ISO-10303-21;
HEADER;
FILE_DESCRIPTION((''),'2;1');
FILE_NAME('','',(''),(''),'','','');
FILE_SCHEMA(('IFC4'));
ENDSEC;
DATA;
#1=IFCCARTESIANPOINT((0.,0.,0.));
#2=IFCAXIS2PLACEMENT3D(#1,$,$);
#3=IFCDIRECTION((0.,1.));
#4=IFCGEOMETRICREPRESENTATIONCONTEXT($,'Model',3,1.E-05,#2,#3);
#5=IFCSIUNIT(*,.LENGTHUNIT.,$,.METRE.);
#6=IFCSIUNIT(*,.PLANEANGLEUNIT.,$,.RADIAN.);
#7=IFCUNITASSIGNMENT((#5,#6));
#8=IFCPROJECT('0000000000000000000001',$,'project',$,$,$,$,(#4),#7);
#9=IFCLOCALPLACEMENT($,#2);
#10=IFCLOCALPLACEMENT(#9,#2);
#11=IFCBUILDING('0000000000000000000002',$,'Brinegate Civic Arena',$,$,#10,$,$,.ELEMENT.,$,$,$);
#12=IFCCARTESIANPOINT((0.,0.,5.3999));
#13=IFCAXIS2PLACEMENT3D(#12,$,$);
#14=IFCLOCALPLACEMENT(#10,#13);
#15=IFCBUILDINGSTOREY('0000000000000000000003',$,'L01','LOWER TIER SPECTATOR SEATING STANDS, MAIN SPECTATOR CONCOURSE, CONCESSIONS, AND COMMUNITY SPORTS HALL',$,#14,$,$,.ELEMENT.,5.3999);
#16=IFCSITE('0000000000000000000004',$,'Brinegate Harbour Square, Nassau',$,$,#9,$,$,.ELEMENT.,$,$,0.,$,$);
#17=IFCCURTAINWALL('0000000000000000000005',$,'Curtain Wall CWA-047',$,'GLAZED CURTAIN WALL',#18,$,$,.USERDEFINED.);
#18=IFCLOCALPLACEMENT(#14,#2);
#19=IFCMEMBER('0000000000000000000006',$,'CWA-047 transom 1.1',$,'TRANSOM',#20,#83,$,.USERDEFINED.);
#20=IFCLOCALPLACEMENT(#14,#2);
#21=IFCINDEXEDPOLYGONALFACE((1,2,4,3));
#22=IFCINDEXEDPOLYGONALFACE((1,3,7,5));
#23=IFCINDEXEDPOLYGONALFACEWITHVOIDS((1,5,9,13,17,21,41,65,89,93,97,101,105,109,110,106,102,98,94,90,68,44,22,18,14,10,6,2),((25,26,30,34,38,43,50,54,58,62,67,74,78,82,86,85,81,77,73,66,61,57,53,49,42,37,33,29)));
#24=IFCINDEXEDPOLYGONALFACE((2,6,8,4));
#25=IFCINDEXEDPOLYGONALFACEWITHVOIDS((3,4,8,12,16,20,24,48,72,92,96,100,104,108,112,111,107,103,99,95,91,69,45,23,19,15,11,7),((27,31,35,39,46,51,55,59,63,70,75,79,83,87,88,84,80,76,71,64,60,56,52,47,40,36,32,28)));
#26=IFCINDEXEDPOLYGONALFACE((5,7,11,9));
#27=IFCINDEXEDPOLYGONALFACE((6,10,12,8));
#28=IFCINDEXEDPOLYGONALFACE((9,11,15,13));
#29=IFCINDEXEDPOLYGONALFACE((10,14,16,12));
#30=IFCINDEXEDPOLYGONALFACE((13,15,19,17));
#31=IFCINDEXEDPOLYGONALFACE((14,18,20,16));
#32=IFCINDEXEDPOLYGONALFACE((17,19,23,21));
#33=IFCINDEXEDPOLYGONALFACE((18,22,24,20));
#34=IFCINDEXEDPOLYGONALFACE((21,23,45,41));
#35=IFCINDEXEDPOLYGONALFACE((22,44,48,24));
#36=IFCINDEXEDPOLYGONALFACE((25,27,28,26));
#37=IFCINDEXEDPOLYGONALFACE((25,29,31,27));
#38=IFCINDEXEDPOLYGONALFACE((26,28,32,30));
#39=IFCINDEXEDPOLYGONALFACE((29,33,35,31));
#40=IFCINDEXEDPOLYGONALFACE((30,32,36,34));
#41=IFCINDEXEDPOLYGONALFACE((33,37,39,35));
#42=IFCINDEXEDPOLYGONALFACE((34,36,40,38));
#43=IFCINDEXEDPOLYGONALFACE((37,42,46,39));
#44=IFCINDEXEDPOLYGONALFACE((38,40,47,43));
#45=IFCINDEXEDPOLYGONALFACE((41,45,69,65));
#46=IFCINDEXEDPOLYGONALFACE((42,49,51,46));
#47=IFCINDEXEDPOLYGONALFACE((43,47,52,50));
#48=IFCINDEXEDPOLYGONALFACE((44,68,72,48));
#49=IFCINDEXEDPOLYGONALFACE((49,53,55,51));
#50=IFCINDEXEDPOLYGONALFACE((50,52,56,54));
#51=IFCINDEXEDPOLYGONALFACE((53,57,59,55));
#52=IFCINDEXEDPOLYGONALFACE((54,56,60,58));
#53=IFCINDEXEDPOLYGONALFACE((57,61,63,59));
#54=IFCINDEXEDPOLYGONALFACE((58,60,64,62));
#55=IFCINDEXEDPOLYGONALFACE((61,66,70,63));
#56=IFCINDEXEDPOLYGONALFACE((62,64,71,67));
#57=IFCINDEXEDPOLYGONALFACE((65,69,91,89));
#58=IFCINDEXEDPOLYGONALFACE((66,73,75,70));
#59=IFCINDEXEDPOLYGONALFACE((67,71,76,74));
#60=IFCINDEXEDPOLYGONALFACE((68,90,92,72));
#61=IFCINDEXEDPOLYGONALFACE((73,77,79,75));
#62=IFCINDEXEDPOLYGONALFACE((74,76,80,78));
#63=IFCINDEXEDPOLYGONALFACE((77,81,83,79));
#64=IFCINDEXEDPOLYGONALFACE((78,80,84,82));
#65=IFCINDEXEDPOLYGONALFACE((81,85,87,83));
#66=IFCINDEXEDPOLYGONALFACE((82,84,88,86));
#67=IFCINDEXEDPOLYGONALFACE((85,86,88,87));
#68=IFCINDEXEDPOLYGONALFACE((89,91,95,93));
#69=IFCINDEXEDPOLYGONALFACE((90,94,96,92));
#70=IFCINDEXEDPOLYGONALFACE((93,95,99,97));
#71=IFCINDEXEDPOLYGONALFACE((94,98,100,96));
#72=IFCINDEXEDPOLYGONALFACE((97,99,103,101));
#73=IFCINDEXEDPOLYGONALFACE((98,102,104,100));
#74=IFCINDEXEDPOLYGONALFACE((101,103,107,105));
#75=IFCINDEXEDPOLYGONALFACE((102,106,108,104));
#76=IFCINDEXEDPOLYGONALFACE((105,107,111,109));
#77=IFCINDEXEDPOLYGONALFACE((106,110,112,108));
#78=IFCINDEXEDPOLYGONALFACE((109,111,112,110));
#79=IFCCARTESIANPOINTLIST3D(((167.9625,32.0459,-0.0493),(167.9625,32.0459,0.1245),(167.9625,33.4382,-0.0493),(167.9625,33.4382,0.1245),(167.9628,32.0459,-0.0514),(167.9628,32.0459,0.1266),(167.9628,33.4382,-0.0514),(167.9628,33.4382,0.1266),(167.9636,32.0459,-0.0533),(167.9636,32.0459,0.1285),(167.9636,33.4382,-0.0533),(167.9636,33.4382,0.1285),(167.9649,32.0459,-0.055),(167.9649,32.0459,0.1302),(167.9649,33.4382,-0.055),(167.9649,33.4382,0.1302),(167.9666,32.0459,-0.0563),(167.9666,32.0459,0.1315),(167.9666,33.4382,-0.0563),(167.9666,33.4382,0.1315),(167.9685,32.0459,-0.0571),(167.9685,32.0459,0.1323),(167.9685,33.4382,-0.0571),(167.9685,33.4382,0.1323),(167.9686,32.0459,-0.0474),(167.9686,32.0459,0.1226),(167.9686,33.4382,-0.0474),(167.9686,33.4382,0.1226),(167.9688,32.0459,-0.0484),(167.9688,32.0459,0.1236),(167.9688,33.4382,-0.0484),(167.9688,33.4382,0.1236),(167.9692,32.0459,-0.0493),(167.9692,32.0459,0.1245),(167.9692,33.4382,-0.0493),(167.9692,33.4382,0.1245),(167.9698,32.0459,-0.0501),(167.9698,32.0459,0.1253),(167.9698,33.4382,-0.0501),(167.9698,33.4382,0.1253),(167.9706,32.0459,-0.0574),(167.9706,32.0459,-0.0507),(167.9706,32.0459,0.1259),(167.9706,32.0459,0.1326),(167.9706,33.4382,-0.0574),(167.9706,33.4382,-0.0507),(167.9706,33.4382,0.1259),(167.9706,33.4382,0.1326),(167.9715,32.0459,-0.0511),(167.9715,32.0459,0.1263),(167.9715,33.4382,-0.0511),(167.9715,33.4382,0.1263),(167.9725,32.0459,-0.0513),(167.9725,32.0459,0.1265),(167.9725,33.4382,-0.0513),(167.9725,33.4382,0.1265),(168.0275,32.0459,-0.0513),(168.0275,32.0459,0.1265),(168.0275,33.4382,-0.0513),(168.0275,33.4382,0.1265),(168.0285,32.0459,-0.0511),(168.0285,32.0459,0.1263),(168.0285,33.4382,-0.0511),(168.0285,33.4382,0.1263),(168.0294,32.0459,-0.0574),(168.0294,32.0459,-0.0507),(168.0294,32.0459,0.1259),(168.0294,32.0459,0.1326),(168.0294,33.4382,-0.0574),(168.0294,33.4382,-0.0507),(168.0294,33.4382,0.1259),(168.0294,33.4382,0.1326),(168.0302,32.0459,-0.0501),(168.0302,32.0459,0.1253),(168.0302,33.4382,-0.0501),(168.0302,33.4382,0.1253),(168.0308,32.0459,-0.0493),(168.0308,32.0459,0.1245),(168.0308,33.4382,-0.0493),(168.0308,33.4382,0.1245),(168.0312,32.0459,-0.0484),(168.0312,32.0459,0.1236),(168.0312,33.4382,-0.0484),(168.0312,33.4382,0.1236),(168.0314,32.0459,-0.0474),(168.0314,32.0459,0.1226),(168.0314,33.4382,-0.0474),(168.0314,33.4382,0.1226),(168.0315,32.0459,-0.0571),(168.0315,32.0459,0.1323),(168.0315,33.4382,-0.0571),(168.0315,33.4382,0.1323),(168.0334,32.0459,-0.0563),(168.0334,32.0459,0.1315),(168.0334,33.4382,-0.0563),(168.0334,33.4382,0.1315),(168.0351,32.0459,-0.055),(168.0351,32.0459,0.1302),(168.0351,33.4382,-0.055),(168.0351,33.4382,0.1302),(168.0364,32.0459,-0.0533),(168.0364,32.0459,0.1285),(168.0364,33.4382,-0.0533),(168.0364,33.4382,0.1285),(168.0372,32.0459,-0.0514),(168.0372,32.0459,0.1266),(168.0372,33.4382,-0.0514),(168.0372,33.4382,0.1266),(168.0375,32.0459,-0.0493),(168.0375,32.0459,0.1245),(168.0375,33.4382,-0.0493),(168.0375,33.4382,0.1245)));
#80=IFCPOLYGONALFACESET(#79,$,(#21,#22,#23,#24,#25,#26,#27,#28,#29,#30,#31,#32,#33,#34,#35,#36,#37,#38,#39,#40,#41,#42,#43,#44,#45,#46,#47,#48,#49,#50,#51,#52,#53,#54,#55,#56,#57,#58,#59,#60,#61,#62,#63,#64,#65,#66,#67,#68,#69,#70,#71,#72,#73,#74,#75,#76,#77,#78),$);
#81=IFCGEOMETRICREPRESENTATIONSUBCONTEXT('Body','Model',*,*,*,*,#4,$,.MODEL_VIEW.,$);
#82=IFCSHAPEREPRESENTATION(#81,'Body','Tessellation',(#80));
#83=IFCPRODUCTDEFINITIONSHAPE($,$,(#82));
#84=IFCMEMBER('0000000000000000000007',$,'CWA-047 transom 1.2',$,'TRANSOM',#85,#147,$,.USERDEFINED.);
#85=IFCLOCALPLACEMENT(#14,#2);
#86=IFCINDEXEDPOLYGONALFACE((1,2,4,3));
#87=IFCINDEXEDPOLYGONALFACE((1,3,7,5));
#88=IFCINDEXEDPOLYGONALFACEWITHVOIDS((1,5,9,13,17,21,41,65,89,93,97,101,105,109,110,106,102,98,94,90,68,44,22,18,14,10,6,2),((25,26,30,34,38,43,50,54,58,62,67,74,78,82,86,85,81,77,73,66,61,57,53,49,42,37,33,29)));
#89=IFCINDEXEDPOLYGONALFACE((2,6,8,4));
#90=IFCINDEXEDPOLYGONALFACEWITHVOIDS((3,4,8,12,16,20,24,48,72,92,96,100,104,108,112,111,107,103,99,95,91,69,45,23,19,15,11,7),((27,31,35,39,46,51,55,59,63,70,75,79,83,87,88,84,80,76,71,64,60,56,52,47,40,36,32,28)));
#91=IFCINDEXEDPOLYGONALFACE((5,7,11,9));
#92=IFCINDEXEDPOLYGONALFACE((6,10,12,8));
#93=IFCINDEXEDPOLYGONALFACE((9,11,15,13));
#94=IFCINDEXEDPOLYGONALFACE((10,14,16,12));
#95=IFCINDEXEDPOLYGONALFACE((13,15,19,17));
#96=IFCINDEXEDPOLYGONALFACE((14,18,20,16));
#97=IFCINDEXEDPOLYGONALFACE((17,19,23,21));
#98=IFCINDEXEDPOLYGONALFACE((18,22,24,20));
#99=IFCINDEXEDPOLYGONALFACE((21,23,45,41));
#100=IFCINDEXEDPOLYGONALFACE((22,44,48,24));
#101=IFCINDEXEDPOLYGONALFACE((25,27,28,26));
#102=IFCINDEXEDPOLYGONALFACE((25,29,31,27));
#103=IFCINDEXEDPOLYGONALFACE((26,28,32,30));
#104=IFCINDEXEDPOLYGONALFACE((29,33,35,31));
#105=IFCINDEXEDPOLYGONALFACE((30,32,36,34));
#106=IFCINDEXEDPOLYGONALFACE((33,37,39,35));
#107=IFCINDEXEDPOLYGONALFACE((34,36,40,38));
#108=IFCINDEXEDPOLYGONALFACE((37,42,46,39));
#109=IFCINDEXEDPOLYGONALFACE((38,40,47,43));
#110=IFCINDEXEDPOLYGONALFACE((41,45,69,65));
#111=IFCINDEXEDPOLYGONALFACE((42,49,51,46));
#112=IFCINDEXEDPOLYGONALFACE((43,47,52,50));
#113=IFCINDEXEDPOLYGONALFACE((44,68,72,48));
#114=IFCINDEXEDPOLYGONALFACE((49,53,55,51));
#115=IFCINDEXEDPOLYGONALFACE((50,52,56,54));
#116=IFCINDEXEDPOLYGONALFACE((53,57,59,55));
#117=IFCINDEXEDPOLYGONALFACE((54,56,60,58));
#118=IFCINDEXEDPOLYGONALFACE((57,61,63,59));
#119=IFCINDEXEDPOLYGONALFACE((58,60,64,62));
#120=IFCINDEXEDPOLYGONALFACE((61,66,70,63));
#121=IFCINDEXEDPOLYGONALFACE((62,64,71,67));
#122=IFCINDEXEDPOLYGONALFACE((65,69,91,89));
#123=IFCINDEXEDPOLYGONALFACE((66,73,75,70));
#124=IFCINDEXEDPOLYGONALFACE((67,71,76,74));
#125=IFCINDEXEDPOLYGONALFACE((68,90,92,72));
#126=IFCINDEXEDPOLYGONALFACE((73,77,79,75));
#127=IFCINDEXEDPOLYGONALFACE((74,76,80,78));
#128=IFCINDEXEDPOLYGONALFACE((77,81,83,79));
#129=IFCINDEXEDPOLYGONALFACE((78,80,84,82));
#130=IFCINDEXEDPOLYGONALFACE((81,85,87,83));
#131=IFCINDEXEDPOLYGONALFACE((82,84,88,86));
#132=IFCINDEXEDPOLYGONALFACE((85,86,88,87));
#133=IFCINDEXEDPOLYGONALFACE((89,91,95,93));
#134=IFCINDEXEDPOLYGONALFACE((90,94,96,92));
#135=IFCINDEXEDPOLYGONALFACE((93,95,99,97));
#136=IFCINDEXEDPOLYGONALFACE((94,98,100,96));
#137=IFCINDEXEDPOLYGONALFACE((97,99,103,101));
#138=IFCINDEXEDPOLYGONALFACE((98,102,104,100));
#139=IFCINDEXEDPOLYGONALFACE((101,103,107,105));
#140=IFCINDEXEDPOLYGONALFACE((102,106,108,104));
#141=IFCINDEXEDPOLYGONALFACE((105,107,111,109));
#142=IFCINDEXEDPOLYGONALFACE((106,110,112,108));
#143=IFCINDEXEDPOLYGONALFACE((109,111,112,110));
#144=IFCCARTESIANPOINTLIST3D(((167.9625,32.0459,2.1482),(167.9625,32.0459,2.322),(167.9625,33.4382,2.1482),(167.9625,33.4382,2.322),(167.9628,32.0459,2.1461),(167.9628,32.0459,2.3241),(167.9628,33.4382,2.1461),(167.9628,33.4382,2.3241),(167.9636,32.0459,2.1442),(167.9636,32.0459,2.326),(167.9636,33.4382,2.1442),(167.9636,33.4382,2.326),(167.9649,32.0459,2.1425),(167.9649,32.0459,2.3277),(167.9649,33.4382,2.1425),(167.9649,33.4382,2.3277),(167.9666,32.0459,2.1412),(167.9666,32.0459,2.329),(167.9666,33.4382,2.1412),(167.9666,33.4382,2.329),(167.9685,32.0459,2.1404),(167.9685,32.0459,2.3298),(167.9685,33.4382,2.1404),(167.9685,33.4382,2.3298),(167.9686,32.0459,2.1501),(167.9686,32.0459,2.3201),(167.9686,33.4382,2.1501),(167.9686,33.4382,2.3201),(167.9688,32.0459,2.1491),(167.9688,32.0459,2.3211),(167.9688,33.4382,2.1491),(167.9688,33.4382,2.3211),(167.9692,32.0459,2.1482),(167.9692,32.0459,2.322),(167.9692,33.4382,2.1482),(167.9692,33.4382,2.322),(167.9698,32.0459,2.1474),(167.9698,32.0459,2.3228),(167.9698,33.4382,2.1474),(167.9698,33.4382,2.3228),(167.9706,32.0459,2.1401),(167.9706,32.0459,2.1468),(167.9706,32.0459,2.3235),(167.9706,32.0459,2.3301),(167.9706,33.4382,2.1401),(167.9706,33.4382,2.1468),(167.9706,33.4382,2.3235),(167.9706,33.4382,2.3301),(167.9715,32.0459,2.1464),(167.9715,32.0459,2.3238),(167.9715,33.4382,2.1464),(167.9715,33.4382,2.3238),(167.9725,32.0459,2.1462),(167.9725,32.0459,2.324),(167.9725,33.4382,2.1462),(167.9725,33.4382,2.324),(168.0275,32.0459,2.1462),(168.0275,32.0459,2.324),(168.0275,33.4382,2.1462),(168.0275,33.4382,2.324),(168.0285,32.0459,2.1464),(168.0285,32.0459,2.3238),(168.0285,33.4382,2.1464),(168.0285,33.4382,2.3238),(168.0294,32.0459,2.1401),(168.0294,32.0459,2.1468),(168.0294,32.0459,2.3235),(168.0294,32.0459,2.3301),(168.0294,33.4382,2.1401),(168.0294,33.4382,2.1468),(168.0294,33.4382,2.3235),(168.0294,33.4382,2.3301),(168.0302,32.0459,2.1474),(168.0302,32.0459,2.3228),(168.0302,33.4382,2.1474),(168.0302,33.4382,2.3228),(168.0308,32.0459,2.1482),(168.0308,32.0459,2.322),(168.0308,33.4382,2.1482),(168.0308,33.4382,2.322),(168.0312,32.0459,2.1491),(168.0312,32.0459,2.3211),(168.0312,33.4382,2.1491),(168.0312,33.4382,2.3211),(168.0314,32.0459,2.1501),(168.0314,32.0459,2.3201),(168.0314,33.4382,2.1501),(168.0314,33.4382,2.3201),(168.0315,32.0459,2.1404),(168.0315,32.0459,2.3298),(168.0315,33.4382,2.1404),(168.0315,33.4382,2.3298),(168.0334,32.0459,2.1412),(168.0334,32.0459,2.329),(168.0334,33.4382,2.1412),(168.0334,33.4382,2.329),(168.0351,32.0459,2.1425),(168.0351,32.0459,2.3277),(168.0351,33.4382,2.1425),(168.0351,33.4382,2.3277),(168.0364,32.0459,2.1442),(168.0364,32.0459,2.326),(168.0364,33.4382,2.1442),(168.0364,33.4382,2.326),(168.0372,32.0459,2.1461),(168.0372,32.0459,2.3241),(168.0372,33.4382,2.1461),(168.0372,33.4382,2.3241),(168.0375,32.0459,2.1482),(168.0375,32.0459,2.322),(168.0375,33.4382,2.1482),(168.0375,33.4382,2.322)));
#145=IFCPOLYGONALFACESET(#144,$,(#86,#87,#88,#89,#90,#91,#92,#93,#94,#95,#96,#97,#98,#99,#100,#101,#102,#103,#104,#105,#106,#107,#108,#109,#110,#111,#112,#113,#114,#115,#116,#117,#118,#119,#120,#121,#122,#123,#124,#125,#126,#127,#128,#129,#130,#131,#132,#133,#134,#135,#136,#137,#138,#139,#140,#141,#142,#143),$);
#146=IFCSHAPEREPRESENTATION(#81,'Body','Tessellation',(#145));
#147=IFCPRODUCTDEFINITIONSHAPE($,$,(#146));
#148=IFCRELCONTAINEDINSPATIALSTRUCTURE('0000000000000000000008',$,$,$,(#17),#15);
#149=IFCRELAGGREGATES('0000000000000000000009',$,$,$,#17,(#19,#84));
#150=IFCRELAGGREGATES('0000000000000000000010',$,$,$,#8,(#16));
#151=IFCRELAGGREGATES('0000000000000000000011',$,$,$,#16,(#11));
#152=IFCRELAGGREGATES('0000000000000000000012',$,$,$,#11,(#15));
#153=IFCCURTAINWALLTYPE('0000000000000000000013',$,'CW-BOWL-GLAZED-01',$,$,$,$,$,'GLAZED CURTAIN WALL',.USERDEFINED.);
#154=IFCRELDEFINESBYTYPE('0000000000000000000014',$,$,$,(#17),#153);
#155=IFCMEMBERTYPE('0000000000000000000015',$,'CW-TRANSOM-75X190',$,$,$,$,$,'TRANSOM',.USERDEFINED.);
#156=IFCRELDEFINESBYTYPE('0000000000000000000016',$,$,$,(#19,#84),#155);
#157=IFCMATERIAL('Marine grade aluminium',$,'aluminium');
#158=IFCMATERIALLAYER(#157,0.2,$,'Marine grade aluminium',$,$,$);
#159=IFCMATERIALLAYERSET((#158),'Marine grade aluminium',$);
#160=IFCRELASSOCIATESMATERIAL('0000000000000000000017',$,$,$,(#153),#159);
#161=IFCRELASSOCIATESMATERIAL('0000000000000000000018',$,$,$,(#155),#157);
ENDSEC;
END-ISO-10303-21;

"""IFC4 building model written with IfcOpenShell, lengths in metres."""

from ifc_helpers import new_model, si_unit, direction, frame, origin, origin_2d, place, context, subcontext, project, spatial, hollow_rectangle, extrude, material, layer, layer_set, material_profile, profile_set, type_object, element, aggregate, save


model = new_model("IFC4")

# Units and contexts
model_context = context("Model", 3, precision=1e-05, world=origin(), true_north=direction((0.0, 1.0)))
body_context = subcontext(model_context, "Body", "Model", "MODEL_VIEW")
ifc_project = project(units=[si_unit("LENGTHUNIT", "METRE"), si_unit("PLANEANGLEUNIT", "RADIAN")], contexts=[model_context])

# Site, building, storey
site_placement = place(None, origin())
site = spatial("IfcSite", under=ifc_project, at=site_placement, Name="Brinegate Harbour Square, Nassau", CompositionType="ELEMENT", RefElevation=0.0)
building_placement = place(site_placement, origin())
building = spatial("IfcBuilding", under=site, at=building_placement, Name="Brinegate Civic Arena", CompositionType="ELEMENT")
storey_placement = place(building_placement, frame((0.0, 0.0, 5.3999)))
storey = spatial("IfcBuildingStorey", under=building, at=storey_placement, Name="L01", Description="LOWER TIER SPECTATOR SEATING STANDS, MAIN SPECTATOR CONCOURSE, CONCESSIONS, AND COMMUNITY SPORTS HALL", CompositionType="ELEMENT", Elevation=5.3999)

# Curtain wall
ifc_material_1 = material(Name="Marine grade aluminium", Category="aluminium")
ifc_layer_1 = layer(ifc_material_1, 0.2, Name="Marine grade aluminium")
ifc_layer_set_1 = layer_set([ifc_layer_1], Name="Marine grade aluminium")
curtain_wall_type = type_object("IfcCurtainWallType", Name="CW-BOWL-GLAZED-01", ElementType="GLAZED CURTAIN WALL", PredefinedType="USERDEFINED", material=ifc_layer_set_1)
curtain_wall_1_placement = place(storey_placement, origin())
curtain_wall_1 = element("IfcCurtainWall", 1, at=curtain_wall_1_placement, inside=storey, type_object=curtain_wall_type, Name="Curtain Wall CWA-047", ObjectType="GLAZED CURTAIN WALL", PredefinedType="USERDEFINED")

# Members
ifc_material_profile_1 = material_profile(ifc_material_1, hollow_rectangle(XDim=0.075, YDim=0.1899, WallThickness=0.0061, InnerFilletRadius=0.0039, OuterFilletRadius=0.0081, at=origin_2d()), Name="TRN75X190")
ifc_profile_set_1 = profile_set([ifc_material_profile_1], Name="Marine grade aluminium")
member_type_1 = type_object("IfcMemberType", Name="CW-TRANSOM-75X190", ElementType="TRANSOM", PredefinedType="USERDEFINED", material=ifc_profile_set_1)
member_1_placement = place(storey_placement, frame((168.0, 32.0459, 0.0376), z_axis=(0.0, 1.0, 0.0), x_axis=(-1.0, 0.0, 0.0)))
member_1 = element("IfcMember", 2, at=member_1_placement, type_object=member_type_1, Name="CWA-047 transom 1.1", ObjectType="TRANSOM", PredefinedType="USERDEFINED", context=body_context, shape_type="SweptSolid", body=[
    extrude(hollow_rectangle(XDim=0.075, YDim=0.1899, WallThickness=0.0061, InnerFilletRadius=0.0039, OuterFilletRadius=0.0081, at=origin_2d()), origin(), (0.0, 0.0, 1.0), 1.3923),
])
member_2_placement = place(storey_placement, frame((168.0, 32.0459, 2.2351), z_axis=(0.0, 1.0, 0.0), x_axis=(-1.0, 0.0, 0.0)))
member_2 = element("IfcMember", 3, at=member_2_placement, type_object=member_type_1, Name="CWA-047 transom 1.2", ObjectType="TRANSOM", PredefinedType="USERDEFINED", context=body_context, shape_type="SweptSolid", body=[
    extrude(hollow_rectangle(XDim=0.075, YDim=0.1899, WallThickness=0.0061, InnerFilletRadius=0.0039, OuterFilletRadius=0.0081, at=origin_2d()), origin(), (0.0, 0.0, 1.0), 1.3923),
])

aggregate(curtain_wall_1, [member_1, member_2])

save(model, "model.ifc")
